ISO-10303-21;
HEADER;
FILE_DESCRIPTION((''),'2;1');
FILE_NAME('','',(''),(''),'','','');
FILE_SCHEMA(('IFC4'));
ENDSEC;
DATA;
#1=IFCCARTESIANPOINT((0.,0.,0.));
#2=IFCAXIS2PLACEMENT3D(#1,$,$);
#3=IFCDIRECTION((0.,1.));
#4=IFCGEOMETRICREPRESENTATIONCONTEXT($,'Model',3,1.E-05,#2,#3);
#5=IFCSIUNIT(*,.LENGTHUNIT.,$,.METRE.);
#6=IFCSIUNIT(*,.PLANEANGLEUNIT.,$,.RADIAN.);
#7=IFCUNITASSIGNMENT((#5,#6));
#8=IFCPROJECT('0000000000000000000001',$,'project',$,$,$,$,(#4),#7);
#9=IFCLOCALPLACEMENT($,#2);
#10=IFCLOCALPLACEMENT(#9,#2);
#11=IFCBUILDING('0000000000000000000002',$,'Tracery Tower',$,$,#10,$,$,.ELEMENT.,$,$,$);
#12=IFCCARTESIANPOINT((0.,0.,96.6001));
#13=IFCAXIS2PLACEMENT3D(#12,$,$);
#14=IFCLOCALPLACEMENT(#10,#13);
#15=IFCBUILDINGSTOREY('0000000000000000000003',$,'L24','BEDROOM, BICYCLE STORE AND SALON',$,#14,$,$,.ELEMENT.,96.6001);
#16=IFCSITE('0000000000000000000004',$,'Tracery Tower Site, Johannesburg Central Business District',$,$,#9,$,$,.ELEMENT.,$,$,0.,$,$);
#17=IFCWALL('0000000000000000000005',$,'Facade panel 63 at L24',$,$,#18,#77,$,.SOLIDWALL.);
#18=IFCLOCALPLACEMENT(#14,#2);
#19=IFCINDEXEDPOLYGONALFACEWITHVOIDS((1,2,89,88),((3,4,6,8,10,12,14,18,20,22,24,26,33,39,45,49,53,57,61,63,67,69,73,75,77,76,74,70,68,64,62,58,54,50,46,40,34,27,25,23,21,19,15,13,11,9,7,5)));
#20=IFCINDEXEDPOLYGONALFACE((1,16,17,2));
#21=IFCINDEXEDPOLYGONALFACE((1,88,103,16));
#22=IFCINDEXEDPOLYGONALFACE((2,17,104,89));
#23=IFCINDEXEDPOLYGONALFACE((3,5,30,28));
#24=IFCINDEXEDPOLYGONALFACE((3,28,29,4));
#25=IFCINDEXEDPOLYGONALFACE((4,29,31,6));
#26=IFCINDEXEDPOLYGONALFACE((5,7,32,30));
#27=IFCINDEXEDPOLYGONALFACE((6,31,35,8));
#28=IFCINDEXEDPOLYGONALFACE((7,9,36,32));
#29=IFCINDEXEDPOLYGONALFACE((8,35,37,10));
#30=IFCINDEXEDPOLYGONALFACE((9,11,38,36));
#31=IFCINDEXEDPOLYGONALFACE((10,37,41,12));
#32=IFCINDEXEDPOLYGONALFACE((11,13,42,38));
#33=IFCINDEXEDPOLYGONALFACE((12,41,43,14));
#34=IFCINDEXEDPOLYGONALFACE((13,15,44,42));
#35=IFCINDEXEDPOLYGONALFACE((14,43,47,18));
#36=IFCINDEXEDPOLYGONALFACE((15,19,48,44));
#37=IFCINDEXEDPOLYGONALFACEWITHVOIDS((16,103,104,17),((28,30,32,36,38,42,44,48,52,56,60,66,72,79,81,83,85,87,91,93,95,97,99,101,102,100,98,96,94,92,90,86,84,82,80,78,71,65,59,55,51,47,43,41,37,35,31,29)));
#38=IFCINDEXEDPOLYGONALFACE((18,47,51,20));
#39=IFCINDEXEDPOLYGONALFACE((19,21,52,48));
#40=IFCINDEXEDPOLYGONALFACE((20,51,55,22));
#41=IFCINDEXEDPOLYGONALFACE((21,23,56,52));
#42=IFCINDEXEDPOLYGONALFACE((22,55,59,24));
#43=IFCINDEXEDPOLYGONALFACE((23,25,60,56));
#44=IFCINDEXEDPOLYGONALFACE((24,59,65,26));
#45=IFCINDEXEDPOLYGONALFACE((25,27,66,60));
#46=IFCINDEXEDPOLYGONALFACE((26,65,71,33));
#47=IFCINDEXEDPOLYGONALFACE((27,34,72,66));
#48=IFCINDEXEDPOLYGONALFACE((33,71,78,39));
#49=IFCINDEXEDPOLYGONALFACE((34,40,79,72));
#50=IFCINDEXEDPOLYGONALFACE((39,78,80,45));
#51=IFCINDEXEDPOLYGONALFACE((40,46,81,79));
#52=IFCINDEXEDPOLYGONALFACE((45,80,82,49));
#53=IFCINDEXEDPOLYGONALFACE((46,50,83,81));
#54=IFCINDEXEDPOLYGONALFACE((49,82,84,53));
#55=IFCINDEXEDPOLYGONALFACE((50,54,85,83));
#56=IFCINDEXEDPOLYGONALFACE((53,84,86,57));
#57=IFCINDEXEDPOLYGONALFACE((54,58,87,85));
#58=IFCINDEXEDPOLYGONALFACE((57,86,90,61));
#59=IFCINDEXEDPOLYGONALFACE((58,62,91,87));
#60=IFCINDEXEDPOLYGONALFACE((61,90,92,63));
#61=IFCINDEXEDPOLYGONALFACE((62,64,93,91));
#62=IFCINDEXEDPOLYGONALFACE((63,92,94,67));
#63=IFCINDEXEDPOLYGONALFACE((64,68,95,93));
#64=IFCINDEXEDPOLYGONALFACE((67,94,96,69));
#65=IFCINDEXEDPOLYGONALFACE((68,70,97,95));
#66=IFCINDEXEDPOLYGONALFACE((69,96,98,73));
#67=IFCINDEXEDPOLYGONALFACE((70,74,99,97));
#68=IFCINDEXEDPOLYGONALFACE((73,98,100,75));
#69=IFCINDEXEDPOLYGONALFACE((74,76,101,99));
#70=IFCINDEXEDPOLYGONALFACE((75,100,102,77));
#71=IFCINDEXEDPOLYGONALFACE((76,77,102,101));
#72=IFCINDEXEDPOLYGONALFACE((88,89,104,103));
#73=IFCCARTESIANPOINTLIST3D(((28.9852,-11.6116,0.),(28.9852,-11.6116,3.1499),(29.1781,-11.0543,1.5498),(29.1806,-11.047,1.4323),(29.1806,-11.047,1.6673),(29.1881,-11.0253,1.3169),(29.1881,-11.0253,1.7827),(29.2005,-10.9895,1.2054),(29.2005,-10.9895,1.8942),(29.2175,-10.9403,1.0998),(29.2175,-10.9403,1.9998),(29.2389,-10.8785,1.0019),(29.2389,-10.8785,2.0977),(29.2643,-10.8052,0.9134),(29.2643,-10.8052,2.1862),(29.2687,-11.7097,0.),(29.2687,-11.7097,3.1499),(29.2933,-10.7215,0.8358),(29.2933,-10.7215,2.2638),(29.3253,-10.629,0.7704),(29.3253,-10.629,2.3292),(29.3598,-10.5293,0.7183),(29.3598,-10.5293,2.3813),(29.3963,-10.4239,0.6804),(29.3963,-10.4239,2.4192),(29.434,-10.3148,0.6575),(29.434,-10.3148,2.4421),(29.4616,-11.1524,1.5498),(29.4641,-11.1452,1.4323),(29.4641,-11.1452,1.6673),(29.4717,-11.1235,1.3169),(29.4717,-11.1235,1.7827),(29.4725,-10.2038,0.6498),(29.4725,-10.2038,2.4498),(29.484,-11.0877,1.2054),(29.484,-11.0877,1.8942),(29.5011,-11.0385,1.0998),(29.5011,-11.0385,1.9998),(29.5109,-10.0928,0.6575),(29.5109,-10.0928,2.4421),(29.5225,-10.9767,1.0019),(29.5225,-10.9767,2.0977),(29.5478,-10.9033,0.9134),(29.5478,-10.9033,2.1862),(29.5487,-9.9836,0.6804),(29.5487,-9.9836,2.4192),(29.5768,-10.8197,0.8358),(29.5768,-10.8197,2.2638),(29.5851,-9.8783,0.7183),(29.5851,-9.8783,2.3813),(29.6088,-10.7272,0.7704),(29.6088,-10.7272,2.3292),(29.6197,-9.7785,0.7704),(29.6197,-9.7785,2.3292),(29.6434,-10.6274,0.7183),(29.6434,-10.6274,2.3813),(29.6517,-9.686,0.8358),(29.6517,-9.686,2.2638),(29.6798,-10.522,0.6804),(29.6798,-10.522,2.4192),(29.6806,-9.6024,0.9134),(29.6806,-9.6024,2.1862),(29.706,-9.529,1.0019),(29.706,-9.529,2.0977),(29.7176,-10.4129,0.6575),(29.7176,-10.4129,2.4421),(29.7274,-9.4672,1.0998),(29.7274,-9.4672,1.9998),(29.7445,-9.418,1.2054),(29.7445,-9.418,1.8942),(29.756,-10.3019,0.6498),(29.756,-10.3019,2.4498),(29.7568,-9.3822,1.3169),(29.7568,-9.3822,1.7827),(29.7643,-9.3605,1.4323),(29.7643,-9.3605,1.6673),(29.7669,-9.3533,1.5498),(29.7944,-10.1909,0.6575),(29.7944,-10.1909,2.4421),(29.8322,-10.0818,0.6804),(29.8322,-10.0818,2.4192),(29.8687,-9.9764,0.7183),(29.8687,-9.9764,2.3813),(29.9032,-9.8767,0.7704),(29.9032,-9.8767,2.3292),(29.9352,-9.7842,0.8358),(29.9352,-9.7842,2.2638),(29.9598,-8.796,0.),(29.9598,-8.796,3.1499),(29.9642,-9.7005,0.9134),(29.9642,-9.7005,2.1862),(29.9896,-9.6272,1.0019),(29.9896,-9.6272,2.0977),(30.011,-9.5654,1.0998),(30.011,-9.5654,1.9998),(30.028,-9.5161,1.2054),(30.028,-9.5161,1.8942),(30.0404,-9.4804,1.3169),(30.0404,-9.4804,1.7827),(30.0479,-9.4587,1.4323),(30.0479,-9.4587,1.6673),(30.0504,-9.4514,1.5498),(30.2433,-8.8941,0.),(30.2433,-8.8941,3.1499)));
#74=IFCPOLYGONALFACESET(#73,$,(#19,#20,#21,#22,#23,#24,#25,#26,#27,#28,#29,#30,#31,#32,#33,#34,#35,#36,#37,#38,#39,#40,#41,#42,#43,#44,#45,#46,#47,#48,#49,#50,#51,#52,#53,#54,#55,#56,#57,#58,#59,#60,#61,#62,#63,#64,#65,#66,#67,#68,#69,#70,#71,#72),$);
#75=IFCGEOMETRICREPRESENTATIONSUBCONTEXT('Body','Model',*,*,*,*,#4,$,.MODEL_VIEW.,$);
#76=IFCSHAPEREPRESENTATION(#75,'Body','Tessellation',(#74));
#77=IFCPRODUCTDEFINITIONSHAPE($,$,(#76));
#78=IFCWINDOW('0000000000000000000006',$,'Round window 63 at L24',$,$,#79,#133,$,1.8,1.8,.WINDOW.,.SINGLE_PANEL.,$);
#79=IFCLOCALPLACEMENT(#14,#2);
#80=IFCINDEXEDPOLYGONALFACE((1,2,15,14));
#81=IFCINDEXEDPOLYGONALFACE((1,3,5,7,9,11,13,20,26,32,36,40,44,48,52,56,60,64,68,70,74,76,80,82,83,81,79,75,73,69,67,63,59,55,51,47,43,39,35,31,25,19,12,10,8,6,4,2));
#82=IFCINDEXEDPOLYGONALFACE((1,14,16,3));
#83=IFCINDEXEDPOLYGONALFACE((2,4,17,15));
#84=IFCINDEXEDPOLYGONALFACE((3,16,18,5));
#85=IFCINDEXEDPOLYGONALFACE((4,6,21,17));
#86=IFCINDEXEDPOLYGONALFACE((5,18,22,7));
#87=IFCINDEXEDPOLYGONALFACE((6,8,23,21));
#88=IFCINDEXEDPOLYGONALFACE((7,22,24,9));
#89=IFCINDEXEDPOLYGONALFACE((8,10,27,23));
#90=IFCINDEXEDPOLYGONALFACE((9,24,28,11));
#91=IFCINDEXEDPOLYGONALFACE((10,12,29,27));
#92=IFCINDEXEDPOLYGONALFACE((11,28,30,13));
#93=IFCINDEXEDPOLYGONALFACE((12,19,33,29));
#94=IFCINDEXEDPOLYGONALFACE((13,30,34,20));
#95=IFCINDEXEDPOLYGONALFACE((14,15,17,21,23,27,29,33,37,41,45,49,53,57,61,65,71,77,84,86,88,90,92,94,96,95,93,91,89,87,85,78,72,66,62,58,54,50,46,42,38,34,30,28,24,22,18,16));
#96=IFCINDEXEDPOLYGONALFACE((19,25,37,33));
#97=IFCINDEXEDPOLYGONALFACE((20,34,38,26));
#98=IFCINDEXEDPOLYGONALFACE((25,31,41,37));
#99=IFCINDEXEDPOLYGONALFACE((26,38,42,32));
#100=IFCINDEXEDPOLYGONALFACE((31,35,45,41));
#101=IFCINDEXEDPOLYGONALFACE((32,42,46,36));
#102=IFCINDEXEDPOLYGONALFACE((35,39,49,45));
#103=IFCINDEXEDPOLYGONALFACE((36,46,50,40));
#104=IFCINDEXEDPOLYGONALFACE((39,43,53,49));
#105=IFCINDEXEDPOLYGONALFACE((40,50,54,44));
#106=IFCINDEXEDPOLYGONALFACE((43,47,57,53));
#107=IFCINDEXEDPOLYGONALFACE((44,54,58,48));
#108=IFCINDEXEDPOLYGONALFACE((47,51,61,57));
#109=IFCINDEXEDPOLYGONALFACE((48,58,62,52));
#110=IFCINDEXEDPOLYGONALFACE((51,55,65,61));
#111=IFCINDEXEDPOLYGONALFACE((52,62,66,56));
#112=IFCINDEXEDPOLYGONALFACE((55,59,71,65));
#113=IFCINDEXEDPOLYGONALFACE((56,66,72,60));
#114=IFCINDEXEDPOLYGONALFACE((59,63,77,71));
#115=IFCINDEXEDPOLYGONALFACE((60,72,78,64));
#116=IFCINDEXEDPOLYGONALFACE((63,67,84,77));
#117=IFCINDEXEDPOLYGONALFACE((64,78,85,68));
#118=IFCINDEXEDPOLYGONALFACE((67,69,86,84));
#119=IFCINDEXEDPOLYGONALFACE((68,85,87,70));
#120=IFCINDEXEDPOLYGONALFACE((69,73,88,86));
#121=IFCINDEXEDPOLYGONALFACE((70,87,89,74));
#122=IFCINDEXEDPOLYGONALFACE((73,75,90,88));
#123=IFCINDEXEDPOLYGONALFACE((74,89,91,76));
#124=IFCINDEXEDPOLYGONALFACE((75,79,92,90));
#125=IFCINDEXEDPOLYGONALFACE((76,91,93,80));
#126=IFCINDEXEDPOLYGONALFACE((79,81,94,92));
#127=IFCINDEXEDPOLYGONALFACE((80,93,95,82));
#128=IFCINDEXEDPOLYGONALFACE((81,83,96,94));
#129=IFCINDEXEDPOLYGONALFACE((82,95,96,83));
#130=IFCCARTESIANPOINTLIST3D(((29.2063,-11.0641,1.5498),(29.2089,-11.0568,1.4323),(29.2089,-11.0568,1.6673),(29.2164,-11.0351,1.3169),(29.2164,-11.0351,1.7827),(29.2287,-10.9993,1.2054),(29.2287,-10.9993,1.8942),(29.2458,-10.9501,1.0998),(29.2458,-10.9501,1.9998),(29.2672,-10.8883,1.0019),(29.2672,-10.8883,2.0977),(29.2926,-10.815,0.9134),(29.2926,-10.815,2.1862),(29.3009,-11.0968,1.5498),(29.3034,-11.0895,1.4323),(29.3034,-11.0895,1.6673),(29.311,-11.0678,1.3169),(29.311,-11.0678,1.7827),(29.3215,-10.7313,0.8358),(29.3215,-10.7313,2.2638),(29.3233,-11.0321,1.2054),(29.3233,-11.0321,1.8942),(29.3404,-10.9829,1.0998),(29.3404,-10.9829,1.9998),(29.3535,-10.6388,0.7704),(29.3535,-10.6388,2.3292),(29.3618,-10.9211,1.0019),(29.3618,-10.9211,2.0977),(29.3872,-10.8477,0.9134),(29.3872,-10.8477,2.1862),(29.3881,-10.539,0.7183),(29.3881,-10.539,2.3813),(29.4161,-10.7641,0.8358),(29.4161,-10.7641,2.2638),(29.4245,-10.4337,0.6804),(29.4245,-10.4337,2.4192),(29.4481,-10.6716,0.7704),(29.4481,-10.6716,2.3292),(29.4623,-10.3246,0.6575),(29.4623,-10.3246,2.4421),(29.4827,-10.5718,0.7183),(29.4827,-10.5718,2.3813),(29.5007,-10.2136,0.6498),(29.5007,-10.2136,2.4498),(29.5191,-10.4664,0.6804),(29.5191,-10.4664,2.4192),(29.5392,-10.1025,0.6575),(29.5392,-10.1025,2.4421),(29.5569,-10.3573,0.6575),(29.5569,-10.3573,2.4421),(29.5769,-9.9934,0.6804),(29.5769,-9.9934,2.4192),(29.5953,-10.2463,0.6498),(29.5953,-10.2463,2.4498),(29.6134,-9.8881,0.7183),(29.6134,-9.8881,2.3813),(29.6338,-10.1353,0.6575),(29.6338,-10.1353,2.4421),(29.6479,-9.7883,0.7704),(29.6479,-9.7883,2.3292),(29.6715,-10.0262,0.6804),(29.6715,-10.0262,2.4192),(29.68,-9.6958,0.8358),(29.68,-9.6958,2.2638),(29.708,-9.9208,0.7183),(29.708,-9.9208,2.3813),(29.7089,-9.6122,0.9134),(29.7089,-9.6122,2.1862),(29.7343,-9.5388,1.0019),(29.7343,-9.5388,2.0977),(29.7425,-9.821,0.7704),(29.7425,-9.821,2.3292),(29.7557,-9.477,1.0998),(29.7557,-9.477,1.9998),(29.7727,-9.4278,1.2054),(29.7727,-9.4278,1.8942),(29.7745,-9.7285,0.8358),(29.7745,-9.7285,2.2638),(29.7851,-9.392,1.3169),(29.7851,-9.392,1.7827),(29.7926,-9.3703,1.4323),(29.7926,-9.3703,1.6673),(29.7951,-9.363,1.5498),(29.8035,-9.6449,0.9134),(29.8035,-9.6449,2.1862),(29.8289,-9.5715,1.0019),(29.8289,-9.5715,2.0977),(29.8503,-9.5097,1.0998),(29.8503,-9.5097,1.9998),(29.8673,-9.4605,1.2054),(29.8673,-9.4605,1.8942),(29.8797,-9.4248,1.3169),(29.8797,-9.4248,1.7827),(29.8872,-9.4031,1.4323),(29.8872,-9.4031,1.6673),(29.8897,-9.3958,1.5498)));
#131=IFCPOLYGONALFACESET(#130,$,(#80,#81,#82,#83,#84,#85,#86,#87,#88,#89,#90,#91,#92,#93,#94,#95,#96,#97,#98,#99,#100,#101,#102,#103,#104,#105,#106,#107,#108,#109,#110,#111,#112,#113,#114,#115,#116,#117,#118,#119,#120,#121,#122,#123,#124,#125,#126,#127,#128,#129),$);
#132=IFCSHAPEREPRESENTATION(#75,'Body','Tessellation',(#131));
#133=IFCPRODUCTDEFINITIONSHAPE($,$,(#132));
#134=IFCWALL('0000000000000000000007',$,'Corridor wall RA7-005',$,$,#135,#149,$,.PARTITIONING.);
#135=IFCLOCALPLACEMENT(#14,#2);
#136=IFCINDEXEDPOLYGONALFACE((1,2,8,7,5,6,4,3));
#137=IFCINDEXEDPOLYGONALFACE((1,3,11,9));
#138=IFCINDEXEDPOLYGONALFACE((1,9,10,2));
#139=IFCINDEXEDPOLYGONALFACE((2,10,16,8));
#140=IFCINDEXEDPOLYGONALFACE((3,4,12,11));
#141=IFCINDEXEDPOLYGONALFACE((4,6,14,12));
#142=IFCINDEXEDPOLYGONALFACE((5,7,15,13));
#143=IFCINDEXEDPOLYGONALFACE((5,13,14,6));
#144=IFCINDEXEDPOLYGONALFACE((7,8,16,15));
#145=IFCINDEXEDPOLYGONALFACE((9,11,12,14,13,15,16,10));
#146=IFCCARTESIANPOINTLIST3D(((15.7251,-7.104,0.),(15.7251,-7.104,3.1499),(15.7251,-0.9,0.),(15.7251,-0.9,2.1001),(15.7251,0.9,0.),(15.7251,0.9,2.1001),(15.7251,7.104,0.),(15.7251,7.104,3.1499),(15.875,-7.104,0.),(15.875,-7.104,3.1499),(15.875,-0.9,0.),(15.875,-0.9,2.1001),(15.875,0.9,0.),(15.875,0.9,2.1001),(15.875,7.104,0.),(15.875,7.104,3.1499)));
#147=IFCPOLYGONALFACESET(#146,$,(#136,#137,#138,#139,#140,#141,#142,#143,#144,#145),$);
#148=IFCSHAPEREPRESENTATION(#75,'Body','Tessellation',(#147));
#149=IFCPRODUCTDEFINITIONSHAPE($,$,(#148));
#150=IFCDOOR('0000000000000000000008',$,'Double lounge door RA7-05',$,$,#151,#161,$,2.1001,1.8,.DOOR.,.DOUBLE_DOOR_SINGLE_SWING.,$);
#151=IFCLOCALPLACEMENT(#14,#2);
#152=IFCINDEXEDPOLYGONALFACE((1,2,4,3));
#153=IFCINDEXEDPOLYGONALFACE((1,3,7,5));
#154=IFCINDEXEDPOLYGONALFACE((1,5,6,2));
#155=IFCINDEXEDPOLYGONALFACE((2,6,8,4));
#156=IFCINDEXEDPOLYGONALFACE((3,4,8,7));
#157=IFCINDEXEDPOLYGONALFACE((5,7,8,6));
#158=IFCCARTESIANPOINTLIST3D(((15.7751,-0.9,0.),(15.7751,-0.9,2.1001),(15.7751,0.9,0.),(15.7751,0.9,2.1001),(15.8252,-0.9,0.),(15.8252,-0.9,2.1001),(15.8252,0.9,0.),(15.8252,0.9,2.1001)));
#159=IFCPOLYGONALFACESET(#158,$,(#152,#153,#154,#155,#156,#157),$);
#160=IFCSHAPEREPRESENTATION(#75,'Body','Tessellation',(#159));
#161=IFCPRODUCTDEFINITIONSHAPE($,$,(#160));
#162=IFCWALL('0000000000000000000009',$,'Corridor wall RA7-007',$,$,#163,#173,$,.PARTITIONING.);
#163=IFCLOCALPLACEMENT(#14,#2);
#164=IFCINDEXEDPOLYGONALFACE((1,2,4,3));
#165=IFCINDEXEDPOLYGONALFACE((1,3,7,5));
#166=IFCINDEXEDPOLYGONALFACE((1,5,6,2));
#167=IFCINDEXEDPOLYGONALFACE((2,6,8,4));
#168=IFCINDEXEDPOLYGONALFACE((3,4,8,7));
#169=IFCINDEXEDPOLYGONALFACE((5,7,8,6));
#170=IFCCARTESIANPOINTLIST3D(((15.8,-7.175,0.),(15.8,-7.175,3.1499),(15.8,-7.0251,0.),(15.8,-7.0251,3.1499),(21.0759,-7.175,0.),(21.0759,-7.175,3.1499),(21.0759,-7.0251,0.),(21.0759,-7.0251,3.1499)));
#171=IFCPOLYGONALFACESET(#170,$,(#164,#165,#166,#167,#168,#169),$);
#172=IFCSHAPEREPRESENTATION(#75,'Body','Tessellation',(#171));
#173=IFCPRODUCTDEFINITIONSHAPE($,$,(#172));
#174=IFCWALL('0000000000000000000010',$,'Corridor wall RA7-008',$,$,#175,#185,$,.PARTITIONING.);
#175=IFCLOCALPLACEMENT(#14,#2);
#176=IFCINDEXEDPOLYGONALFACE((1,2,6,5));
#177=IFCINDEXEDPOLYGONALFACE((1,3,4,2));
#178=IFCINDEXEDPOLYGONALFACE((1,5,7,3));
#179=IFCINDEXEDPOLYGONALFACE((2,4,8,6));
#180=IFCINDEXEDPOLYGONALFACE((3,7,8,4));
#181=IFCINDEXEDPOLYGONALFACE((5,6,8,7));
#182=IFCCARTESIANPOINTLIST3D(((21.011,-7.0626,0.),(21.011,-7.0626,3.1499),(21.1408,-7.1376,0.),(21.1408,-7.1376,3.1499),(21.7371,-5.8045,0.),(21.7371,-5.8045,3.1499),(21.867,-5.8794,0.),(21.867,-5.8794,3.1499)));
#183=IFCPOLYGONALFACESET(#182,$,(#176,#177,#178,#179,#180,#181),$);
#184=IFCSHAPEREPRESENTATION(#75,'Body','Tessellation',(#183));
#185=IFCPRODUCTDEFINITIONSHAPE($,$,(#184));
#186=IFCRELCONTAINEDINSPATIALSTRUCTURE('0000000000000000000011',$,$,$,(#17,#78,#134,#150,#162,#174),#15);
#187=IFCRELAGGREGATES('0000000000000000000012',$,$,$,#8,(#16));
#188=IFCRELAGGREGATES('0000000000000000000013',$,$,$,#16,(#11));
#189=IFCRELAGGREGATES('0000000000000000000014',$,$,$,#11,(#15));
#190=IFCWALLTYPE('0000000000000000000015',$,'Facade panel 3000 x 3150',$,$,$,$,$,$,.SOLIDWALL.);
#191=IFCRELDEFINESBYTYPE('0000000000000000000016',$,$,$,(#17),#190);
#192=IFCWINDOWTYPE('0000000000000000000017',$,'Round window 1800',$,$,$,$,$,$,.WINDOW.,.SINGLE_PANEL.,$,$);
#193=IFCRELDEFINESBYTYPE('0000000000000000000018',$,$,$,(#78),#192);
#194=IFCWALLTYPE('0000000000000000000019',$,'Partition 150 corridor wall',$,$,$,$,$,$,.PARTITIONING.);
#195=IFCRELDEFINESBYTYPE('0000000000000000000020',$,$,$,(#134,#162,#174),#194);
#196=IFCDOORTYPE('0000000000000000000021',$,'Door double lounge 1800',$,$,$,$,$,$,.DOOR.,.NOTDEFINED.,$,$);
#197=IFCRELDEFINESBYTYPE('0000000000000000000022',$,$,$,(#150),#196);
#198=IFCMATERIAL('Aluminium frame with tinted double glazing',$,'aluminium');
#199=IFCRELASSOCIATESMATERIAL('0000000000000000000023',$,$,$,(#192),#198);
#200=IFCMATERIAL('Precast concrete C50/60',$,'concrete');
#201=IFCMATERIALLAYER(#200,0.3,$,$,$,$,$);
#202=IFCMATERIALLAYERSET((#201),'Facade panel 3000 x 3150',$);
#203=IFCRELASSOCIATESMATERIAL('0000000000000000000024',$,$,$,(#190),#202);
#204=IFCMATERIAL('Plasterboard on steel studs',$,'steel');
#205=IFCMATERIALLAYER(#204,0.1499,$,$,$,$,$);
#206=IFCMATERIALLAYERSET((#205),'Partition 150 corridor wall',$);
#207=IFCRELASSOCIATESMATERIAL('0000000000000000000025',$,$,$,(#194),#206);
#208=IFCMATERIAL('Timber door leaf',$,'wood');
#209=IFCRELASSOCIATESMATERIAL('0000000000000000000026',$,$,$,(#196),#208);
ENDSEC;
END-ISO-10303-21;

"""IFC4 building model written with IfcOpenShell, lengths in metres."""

from ifc_helpers import new_model, si_unit, direction, frame, frame_2d, origin, origin_2d, place, context, subcontext, project, spatial, rectangle, circle, extrude, material, layer, layer_set, type_object, element, fill, save


model = new_model("IFC4")

# Units and contexts
model_context = context("Model", 3, precision=1e-05, world=origin(), true_north=direction((0.0, 1.0)))
body_context = subcontext(model_context, "Body", "Model", "MODEL_VIEW")
ifc_project = project(units=[si_unit("LENGTHUNIT", "METRE"), si_unit("PLANEANGLEUNIT", "RADIAN")], contexts=[model_context])

# Site, building, storey
site_placement = place(None, origin())
site = spatial("IfcSite", under=ifc_project, at=site_placement, Name="Tracery Tower Site, Johannesburg Central Business District", CompositionType="ELEMENT", RefElevation=0.0)
building_placement = place(site_placement, origin())
building = spatial("IfcBuilding", under=site, at=building_placement, Name="Tracery Tower", CompositionType="ELEMENT")
storey_placement = place(building_placement, frame((0.0, 0.0, 96.6001)))
storey = spatial("IfcBuildingStorey", under=building, at=storey_placement, Name="L24", Description="BEDROOM, BICYCLE STORE AND SALON", CompositionType="ELEMENT", Elevation=96.6001)

# Wall, opening, window
ifc_material_1 = material(Name="Aluminium frame with tinted double glazing", Category="aluminium")
window_type = type_object("IfcWindowType", Name="Round window 1800", PartitioningType="SINGLE_PANEL", PredefinedType="WINDOW", material=ifc_material_1)
ifc_material_2 = material(Name="Precast concrete C50/60", Category="concrete")
ifc_layer_1 = layer(ifc_material_2, 0.3)
ifc_layer_set_1 = layer_set([ifc_layer_1], Name="Facade panel 3000 x 3150")
wall_type_1 = type_object("IfcWallType", Name="Facade panel 3000 x 3150", PredefinedType="SOLIDWALL", material=ifc_layer_set_1)
wall_1_placement = place(storey_placement, frame((29.127, -11.6606, 0.0), z_axis=(0.0, 0.0, 1.0), x_axis=(0.327096, 0.944991, 0.0)))
wall_1 = element("IfcWall", 1, at=wall_1_placement, inside=storey, type_object=wall_type_1, Name="Facade panel 63 at L24", PredefinedType="SOLIDWALL", context=body_context, shape_type="SweptSolid", body=[
    extrude(rectangle(XDim=2.9795, YDim=0.3, at=frame_2d((1.4897, 0.0))), origin(), (0.0, 0.0, 1.0), 3.1499),
])
opening_1_placement = place(wall_1_placement, frame((1.4897, 0.0, 1.5498)))
opening_1 = element("IfcOpeningElement", 2, at=opening_1_placement, cuts=wall_1, PredefinedType="OPENING", context=body_context, shape_type="SweptSolid", body=[
    extrude(circle(Radius=0.9, at=origin_2d()), frame((0.0, 0.1599, 0.0), z_axis=(0.0, -1.0, 0.0), x_axis=(1.0, 0.0, 0.0)), (0.0, 0.0, 1.0), 0.3201),
])
window_1_placement = place(opening_1_placement, origin())
window_1 = element("IfcWindow", 3, at=window_1_placement, inside=storey, type_object=window_type, Name="Round window 63 at L24", OverallHeight=1.8, OverallWidth=1.8, PartitioningType="SINGLE_PANEL", PredefinedType="WINDOW", context=body_context, shape_type="SweptSolid", body=[
    extrude(circle(Radius=0.9, at=origin_2d()), frame((0.0, 0.1201, 0.0), z_axis=(0.0, -1.0, 0.0), x_axis=(1.0, 0.0, 0.0)), (0.0, 0.0, 1.0), 0.1001),
])
fill(opening_1, window_1)

# Wall, opening, door
ifc_material_3 = material(Name="Plasterboard on steel studs", Category="steel")
ifc_layer_2 = layer(ifc_material_3, 0.1499)
ifc_layer_set_2 = layer_set([ifc_layer_2], Name="Partition 150 corridor wall")
wall_type_2 = type_object("IfcWallType", Name="Partition 150 corridor wall", PredefinedType="PARTITIONING", material=ifc_layer_set_2)
wall_2_placement = place(storey_placement, frame((15.8, -7.104, 0.0), z_axis=(0.0, 0.0, 1.0), x_axis=(0.0, 1.0, 0.0)))
wall_2 = element("IfcWall", 4, at=wall_2_placement, inside=storey, type_object=wall_type_2, Name="Corridor wall RA7-005", PredefinedType="PARTITIONING", context=body_context, shape_type="SweptSolid", body=[
    extrude(rectangle(XDim=14.208, YDim=0.1499, at=frame_2d((7.104, 0.0))), origin(), (0.0, 0.0, 1.0), 3.1499),
])
opening_2_placement = place(wall_2_placement, frame((6.2041, 0.0, 0.0)))
opening_2 = element("IfcOpeningElement", 5, at=opening_2_placement, cuts=wall_2, PredefinedType="OPENING", context=body_context, shape_type="SweptSolid", body=[
    extrude(rectangle(XDim=1.8, YDim=2.1001, at=frame_2d((0.8999, 1.05))), frame((0.0, 0.075, 0.0), z_axis=(0.0, -1.0, 0.0), x_axis=(1.0, 0.0, 0.0)), (0.0, 0.0, 1.0), 0.1499),
])
ifc_material_4 = material(Name="Timber door leaf", Category="wood")
door_type_1 = type_object("IfcDoorType", Name="Door double lounge 1800", OperationType="NOTDEFINED", PredefinedType="DOOR", material=ifc_material_4)
door_1_placement = place(opening_2_placement, origin())
door_1 = element("IfcDoor", 6, at=door_1_placement, inside=storey, type_object=door_type_1, Name="Double lounge door RA7-05", OperationType="DOUBLE_DOOR_SINGLE_SWING", OverallHeight=2.1001, OverallWidth=1.8, PredefinedType="DOOR", context=body_context, shape_type="SweptSolid", body=[
    extrude(rectangle(XDim=1.8, YDim=2.1001, at=frame_2d((0.8999, 1.05))), frame((0.0, 0.0249, 0.0), z_axis=(0.0, -1.0, 0.0), x_axis=(1.0, 0.0, 0.0)), (0.0, 0.0, 1.0), 0.05),
])
fill(opening_2, door_1)

# Walls
wall_3_placement = place(storey_placement, frame((15.8, -7.1001, 0.0), z_axis=(0.0, 0.0, 1.0), x_axis=(1.0, 0.0, 0.0)))
element("IfcWall", 7, at=wall_3_placement, inside=storey, type_object=wall_type_2, Name="Corridor wall RA7-007", PredefinedType="PARTITIONING", context=body_context, shape_type="SweptSolid", body=[
    extrude(rectangle(XDim=5.2759, YDim=0.1499, at=frame_2d((2.6379, 0.0))), origin(), (0.0, 0.0, 1.0), 3.1499),
])
wall_4_placement = place(storey_placement, frame((21.0759, -7.1001, 0.0), z_axis=(0.0, 0.0, 1.0), x_axis=(0.499863, 0.866104, 0.0)))
element("IfcWall", 8, at=wall_4_placement, inside=storey, type_object=wall_type_2, Name="Corridor wall RA7-008", PredefinedType="PARTITIONING", context=body_context, shape_type="SweptSolid", body=[
    extrude(rectangle(XDim=1.4526, YDim=0.1499, at=frame_2d((0.7263, 0.0))), origin(), (0.0, 0.0, 1.0), 3.1499),
])

save(model, "model.ifc")
